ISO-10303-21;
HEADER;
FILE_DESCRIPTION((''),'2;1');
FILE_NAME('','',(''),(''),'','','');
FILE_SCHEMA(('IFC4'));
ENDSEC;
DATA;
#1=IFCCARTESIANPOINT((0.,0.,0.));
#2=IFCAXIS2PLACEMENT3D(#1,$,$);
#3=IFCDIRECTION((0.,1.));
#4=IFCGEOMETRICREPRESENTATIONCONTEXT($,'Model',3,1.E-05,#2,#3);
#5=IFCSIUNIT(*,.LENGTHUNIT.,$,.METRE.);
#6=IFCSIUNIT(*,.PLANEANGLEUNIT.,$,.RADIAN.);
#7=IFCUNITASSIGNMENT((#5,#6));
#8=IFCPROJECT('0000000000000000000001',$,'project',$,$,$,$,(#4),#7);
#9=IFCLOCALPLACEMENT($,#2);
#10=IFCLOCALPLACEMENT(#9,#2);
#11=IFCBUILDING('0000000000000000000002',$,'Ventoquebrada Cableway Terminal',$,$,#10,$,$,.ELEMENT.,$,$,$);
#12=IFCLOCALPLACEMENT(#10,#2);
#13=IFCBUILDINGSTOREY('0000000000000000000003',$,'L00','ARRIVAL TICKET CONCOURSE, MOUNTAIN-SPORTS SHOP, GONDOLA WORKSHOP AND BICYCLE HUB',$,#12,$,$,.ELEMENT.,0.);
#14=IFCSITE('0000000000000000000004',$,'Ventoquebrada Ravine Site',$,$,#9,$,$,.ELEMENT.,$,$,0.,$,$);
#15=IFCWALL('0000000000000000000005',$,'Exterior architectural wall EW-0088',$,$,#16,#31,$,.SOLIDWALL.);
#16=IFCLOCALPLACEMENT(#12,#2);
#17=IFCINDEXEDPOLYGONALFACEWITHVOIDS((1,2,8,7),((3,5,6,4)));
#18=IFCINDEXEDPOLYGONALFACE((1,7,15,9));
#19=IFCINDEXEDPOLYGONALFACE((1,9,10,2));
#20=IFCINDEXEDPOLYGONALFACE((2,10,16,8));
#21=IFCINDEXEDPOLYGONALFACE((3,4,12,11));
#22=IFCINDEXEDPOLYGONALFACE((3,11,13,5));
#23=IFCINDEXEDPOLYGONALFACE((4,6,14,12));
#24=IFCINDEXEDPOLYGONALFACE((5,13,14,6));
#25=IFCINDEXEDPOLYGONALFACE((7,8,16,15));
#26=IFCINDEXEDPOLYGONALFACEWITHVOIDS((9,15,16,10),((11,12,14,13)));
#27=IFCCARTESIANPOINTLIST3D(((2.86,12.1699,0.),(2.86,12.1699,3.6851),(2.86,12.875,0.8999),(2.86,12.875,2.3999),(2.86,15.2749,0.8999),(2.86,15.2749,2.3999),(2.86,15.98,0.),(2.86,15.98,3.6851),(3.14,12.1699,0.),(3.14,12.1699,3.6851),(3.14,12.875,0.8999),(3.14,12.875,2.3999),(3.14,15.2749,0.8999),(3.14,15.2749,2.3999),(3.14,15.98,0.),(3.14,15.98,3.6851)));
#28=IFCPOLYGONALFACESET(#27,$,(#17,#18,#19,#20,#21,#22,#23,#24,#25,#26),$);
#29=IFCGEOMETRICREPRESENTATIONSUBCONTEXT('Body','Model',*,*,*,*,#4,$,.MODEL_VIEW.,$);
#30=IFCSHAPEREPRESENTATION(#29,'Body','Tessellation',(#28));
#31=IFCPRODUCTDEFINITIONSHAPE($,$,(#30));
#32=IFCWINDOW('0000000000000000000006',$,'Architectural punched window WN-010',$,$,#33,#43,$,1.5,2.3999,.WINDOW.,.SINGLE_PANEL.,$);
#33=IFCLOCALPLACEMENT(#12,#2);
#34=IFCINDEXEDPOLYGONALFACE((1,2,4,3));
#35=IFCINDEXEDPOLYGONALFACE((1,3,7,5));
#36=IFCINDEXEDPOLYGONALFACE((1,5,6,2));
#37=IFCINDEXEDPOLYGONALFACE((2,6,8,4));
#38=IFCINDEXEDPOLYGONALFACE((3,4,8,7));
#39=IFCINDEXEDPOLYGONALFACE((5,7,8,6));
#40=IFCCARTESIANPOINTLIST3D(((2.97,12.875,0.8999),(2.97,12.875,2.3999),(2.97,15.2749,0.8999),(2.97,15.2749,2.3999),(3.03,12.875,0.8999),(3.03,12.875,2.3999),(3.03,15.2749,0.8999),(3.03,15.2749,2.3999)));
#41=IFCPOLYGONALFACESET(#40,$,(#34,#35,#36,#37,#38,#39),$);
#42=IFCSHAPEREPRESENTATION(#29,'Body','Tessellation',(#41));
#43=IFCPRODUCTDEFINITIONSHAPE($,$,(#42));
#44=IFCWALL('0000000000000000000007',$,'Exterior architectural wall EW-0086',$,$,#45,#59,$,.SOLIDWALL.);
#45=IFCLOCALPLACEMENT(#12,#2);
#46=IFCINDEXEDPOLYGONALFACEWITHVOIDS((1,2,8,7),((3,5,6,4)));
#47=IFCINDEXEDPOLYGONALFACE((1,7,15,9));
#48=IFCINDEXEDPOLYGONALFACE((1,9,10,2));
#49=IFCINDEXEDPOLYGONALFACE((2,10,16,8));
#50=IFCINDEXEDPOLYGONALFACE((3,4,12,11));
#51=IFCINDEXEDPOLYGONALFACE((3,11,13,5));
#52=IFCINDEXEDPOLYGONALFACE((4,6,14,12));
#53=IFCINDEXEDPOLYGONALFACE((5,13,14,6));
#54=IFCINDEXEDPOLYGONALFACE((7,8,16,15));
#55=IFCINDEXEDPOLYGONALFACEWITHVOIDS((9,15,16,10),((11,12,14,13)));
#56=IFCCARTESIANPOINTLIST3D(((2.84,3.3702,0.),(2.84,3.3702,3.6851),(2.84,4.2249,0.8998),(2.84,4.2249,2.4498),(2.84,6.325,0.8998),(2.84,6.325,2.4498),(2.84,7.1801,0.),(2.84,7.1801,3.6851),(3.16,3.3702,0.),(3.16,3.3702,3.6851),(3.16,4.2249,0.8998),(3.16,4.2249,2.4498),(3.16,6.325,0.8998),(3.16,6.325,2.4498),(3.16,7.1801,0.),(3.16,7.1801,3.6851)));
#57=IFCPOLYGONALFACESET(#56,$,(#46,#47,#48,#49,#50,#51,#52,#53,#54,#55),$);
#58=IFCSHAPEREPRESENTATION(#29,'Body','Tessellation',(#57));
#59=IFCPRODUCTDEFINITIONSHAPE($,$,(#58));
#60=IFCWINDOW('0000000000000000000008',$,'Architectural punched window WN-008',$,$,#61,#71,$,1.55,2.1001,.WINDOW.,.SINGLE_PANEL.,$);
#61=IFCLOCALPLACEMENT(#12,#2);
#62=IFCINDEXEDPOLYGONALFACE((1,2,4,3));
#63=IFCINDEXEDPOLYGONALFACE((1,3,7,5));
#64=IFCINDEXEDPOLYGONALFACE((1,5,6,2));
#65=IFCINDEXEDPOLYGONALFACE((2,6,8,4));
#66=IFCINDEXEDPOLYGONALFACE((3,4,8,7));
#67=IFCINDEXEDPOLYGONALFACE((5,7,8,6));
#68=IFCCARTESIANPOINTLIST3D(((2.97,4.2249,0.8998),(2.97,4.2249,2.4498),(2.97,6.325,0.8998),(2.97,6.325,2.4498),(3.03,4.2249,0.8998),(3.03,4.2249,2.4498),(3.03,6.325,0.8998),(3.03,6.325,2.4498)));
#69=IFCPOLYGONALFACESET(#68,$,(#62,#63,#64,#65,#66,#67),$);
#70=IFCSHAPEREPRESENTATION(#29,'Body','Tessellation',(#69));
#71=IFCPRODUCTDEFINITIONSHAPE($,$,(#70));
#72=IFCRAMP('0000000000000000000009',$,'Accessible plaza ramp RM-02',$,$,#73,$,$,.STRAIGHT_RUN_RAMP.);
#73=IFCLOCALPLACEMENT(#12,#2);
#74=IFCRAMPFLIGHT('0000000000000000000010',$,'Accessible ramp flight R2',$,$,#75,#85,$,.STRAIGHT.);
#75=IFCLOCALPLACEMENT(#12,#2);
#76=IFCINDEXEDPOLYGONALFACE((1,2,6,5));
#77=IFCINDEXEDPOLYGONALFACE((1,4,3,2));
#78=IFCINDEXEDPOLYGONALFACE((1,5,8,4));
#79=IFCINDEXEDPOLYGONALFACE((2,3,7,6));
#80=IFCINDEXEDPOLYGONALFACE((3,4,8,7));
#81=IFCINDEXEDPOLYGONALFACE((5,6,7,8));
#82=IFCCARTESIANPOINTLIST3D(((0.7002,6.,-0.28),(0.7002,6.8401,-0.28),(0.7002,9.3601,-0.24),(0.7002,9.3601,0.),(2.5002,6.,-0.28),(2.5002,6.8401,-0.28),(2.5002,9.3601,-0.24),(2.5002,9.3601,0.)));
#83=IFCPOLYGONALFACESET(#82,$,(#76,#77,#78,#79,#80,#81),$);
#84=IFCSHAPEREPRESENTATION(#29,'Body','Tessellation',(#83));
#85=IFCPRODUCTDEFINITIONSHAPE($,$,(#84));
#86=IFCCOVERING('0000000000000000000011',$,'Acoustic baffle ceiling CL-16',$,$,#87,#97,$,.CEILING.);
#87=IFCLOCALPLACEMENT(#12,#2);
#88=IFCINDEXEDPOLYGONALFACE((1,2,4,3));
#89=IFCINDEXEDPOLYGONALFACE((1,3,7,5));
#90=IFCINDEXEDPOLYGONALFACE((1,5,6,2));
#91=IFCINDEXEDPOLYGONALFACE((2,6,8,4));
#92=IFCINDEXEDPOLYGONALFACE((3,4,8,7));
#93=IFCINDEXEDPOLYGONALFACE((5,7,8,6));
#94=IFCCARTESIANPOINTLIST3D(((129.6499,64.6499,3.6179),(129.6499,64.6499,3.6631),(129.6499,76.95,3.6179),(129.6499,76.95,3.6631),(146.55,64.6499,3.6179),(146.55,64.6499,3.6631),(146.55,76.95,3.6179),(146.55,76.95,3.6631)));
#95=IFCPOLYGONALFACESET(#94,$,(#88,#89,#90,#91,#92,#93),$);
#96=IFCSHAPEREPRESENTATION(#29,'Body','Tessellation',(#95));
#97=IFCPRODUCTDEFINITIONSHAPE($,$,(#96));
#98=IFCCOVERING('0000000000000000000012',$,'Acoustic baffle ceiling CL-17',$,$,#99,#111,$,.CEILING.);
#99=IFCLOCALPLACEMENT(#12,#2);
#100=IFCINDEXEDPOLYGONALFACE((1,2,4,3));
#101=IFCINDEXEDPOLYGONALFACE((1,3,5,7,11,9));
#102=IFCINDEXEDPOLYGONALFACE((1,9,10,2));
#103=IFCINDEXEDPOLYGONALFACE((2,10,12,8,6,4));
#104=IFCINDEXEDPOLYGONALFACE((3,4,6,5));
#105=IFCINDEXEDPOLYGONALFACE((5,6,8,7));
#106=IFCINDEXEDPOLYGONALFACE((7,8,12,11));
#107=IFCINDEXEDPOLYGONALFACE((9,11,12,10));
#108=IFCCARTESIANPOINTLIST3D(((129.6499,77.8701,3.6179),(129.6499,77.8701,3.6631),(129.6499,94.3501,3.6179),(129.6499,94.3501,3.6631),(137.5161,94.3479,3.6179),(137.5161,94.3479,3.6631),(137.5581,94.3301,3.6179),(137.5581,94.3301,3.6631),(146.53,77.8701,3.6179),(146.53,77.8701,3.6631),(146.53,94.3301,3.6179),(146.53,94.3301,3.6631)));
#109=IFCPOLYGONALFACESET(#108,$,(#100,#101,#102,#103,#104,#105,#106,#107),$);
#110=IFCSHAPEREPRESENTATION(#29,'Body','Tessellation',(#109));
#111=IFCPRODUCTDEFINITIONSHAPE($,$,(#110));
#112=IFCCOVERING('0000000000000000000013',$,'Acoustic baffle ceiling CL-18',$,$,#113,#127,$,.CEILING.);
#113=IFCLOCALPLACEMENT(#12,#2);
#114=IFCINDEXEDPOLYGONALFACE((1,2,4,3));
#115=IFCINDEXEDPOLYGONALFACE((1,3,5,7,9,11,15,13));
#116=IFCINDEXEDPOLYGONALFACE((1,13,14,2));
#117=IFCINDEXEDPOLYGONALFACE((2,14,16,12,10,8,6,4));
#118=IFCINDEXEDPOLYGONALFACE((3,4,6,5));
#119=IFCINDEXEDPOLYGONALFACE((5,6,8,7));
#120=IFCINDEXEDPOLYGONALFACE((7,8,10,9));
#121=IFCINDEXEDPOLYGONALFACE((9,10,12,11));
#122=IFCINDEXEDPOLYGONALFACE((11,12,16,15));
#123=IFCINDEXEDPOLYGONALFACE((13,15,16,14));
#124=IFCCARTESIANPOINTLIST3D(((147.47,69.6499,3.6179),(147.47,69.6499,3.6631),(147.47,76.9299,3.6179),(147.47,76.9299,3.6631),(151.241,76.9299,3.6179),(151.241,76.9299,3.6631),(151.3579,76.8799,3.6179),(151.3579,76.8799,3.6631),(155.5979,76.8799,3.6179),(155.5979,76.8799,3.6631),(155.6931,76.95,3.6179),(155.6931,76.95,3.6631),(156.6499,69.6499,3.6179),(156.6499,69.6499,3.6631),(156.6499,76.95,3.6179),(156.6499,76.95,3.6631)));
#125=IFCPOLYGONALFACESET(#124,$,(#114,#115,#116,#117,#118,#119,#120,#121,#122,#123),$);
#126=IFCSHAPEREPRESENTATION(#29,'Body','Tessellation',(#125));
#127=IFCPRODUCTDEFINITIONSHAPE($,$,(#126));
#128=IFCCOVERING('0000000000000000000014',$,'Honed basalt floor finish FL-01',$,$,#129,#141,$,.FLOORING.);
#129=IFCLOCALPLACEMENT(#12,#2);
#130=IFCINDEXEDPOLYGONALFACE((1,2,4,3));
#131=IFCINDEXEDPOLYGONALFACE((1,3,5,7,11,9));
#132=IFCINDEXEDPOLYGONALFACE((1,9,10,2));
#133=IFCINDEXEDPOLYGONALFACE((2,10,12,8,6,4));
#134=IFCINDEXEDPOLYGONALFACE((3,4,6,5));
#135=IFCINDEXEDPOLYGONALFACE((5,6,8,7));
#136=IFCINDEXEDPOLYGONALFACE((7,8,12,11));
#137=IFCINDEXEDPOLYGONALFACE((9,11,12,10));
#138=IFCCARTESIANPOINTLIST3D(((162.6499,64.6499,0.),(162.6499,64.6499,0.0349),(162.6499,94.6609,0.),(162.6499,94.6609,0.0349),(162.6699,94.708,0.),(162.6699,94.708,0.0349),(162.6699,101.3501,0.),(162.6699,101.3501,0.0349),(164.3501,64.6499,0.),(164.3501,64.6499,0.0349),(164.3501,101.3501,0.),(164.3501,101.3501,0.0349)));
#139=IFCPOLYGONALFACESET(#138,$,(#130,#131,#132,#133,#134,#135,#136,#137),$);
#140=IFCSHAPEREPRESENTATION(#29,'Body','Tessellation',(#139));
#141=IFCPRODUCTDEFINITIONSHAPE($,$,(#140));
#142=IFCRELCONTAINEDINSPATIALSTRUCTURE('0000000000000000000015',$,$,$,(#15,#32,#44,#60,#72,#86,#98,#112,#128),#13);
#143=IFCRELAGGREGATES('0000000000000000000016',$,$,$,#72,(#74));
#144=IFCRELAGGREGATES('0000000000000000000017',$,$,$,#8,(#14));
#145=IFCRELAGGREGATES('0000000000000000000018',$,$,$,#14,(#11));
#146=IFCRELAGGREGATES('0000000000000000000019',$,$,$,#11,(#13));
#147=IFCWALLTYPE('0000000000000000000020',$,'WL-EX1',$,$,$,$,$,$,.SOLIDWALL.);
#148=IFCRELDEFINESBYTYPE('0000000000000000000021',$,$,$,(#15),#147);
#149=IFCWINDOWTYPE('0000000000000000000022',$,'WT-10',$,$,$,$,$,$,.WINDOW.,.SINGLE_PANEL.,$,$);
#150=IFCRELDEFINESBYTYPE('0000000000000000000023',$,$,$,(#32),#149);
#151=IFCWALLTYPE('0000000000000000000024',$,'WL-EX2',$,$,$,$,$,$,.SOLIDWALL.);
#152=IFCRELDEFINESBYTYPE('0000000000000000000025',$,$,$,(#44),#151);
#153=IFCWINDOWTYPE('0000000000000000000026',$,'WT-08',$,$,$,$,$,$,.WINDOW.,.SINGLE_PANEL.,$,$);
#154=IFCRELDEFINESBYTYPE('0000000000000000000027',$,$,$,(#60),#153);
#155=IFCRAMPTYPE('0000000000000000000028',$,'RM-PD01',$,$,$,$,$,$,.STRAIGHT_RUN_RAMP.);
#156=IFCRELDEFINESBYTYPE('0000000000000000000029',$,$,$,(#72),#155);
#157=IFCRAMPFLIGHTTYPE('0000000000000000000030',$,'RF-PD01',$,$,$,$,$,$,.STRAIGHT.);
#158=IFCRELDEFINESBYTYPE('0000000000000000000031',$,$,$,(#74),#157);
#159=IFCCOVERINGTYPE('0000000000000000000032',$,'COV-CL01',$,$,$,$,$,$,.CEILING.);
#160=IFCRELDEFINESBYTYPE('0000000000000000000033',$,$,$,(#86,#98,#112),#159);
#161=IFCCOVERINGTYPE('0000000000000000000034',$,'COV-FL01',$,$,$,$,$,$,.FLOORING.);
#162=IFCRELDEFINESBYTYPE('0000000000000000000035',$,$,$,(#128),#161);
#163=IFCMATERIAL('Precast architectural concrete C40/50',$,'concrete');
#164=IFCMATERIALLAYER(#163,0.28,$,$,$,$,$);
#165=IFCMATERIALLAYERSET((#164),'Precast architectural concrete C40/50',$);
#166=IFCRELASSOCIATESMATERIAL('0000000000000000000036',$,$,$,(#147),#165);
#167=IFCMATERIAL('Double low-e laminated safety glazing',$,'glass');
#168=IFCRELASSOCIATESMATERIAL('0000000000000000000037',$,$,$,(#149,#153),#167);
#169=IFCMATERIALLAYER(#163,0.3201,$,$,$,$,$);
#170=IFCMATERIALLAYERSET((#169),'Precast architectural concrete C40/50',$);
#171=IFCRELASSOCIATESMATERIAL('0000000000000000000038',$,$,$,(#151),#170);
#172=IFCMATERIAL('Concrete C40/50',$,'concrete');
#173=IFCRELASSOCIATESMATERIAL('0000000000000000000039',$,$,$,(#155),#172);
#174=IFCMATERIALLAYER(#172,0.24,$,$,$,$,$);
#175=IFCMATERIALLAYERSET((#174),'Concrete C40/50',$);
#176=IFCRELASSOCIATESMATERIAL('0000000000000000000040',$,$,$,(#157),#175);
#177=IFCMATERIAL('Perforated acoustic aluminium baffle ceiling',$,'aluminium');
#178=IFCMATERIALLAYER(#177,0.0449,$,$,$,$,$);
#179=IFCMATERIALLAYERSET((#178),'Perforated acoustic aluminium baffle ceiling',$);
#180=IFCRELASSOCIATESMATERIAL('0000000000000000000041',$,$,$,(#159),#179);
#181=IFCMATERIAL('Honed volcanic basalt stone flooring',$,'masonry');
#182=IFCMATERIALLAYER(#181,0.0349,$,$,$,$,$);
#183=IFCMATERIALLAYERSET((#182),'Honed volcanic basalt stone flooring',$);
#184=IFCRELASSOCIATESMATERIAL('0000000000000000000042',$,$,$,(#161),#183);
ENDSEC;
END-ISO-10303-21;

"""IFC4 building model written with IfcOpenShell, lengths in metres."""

from ifc_helpers import new_model, si_unit, direction, frame, frame_2d, origin, place, context, subcontext, project, spatial, polyline, rectangle, outline, extrude, material, layer, layer_set, type_object, element, fill, aggregate, save


model = new_model("IFC4")

# Units and contexts
model_context = context("Model", 3, precision=1e-05, world=origin(), true_north=direction((0.0, 1.0)))
body_context = subcontext(model_context, "Body", "Model", "MODEL_VIEW")
ifc_project = project(units=[si_unit("LENGTHUNIT", "METRE"), si_unit("PLANEANGLEUNIT", "RADIAN")], contexts=[model_context])

# Site, building, storey
site_placement = place(None, origin())
site = spatial("IfcSite", under=ifc_project, at=site_placement, Name="Ventoquebrada Ravine Site", CompositionType="ELEMENT", RefElevation=0.0)
building_placement = place(site_placement, origin())
building = spatial("IfcBuilding", under=site, at=building_placement, Name="Ventoquebrada Cableway Terminal", CompositionType="ELEMENT")
storey_placement = place(building_placement, origin())
storey = spatial("IfcBuildingStorey", under=building, at=storey_placement, Name="L00", Description="ARRIVAL TICKET CONCOURSE, MOUNTAIN-SPORTS SHOP, GONDOLA WORKSHOP AND BICYCLE HUB", CompositionType="ELEMENT", Elevation=0.0)

# Shared definitions
ifc_material_1 = material(Name="Concrete C40/50", Category="concrete")

# Walls, openings, windows
ifc_material_2 = material(Name="Precast architectural concrete C40/50", Category="concrete")
ifc_layer_1 = layer(ifc_material_2, 0.28)
ifc_layer_set_1 = layer_set([ifc_layer_1], Name="Precast architectural concrete C40/50")
wall_type_1 = type_object("IfcWallType", Name="WL-EX1", PredefinedType="SOLIDWALL", material=ifc_layer_set_1)
ifc_material_3 = material(Name="Double low-e laminated safety glazing", Category="glass")
wall_1_placement = place(storey_placement, frame((3.0, 15.98, 0.0), z_axis=(0.0, 0.0, 1.0), x_axis=(0.0, -1.0, 0.0)))
wall_1 = element("IfcWall", 1, at=wall_1_placement, inside=storey, type_object=wall_type_1, Name="Exterior architectural wall EW-0088", PredefinedType="SOLIDWALL", context=body_context, shape_type="SweptSolid", body=[
    extrude(rectangle(XDim=3.8101, YDim=0.28, at=frame_2d((1.905, 0.0))), origin(), (0.0, 0.0, 1.0), 3.6851),
])
opening_1_placement = place(wall_1_placement, frame((0.7051, 0.0, 0.8999)))
opening_1 = element("IfcOpeningElement", 2, at=opening_1_placement, cuts=wall_1, PredefinedType="OPENING", context=body_context, shape_type="SweptSolid", body=[
    extrude(rectangle(XDim=2.3999, YDim=1.5, at=frame_2d((1.2, 0.75))), frame((0.0, 0.1499, 0.0), z_axis=(0.0, -1.0, 0.0), x_axis=(1.0, 0.0, 0.0)), (0.0, 0.0, 1.0), 0.3),
])
window_type_1 = type_object("IfcWindowType", Name="WT-10", PartitioningType="SINGLE_PANEL", PredefinedType="WINDOW", material=ifc_material_3)
window_1_placement = place(opening_1_placement, origin())
window_1 = element("IfcWindow", 3, at=window_1_placement, inside=storey, type_object=window_type_1, Name="Architectural punched window WN-010", OverallHeight=1.5, OverallWidth=2.3999, PartitioningType="SINGLE_PANEL", PredefinedType="WINDOW", context=body_context, shape_type="SweptSolid", body=[
    extrude(rectangle(XDim=2.3999, YDim=1.5, at=frame_2d((1.2, 0.75))), frame((0.0, 0.03, 0.0), z_axis=(0.0, -1.0, 0.0), x_axis=(1.0, 0.0, 0.0)), (0.0, 0.0, 1.0), 0.0601),
])
fill(opening_1, window_1)
ifc_layer_2 = layer(ifc_material_2, 0.3201)
ifc_layer_set_2 = layer_set([ifc_layer_2], Name="Precast architectural concrete C40/50")
wall_type_2 = type_object("IfcWallType", Name="WL-EX2", PredefinedType="SOLIDWALL", material=ifc_layer_set_2)
wall_2_placement = place(storey_placement, frame((3.0, 7.1799, 0.0), z_axis=(0.0, 0.0, 1.0), x_axis=(0.0, -1.0, 0.0)))
wall_2 = element("IfcWall", 4, at=wall_2_placement, inside=storey, type_object=wall_type_2, Name="Exterior architectural wall EW-0086", PredefinedType="SOLIDWALL", context=body_context, shape_type="SweptSolid", body=[
    extrude(rectangle(XDim=3.8098, YDim=0.3201, at=frame_2d((1.9048, 0.0))), origin(), (0.0, 0.0, 1.0), 3.6851),
])
opening_2_placement = place(wall_2_placement, frame((0.855, 0.0, 0.8999)))
opening_2 = element("IfcOpeningElement", 5, at=opening_2_placement, cuts=wall_2, PredefinedType="OPENING", context=body_context, shape_type="SweptSolid", body=[
    extrude(rectangle(XDim=2.1001, YDim=1.55, at=frame_2d((1.05, 0.7749))), frame((0.0, 0.1699, 0.0), z_axis=(0.0, -1.0, 0.0), x_axis=(1.0, 0.0, 0.0)), (0.0, 0.0, 1.0), 0.3401),
])
window_type_2 = type_object("IfcWindowType", Name="WT-08", PartitioningType="SINGLE_PANEL", PredefinedType="WINDOW", material=ifc_material_3)
window_2_placement = place(opening_2_placement, origin())
window_2 = element("IfcWindow", 6, at=window_2_placement, inside=storey, type_object=window_type_2, Name="Architectural punched window WN-008", OverallHeight=1.55, OverallWidth=2.1001, PartitioningType="SINGLE_PANEL", PredefinedType="WINDOW", context=body_context, shape_type="SweptSolid", body=[
    extrude(rectangle(XDim=2.1001, YDim=1.55, at=frame_2d((1.05, 0.7749))), frame((0.0, 0.03, 0.0), z_axis=(0.0, -1.0, 0.0), x_axis=(1.0, 0.0, 0.0)), (0.0, 0.0, 1.0), 0.0601),
])
fill(opening_2, window_2)

# Ramp, ramp flight
ramp_type = type_object("IfcRampType", Name="RM-PD01", PredefinedType="STRAIGHT_RUN_RAMP", material=ifc_material_1)
ramp_placement = place(storey_placement, origin())
ramp = element("IfcRamp", 7, at=ramp_placement, inside=storey, type_object=ramp_type, Name="Accessible plaza ramp RM-02", PredefinedType="STRAIGHT_RUN_RAMP")
ifc_layer_3 = layer(ifc_material_1, 0.24)
ifc_layer_set_3 = layer_set([ifc_layer_3], Name="Concrete C40/50")
ramp_flight_type = type_object("IfcRampFlightType", Name="RF-PD01", PredefinedType="STRAIGHT", material=ifc_layer_set_3)
ramp_flight_placement = place(storey_placement, frame((1.6001, 6.0, -0.28), z_axis=(0.0, 0.0, 1.0), x_axis=(0.0, 1.0, 0.0)))
ramp_flight = element("IfcRampFlight", 8, at=ramp_flight_placement, type_object=ramp_flight_type, Name="Accessible ramp flight R2", PredefinedType="STRAIGHT", context=body_context, shape_type="SweptSolid", body=[
    extrude(outline(polyline([(0.0, 0.0), (0.8401, 0.0), (3.3601, 0.04), (3.3601, 0.28), (0.0, 0.0)])), frame((0.0, 0.8999, 0.0), z_axis=(0.0, -1.0, 0.0), x_axis=(1.0, 0.0, 0.0)), (0.0, 0.0, 1.0), 1.8),
])
aggregate(ramp, [ramp_flight])

# Coverings
ifc_material_4 = material(Name="Perforated acoustic aluminium baffle ceiling", Category="aluminium")
ifc_layer_4 = layer(ifc_material_4, 0.0449)
ifc_layer_set_4 = layer_set([ifc_layer_4], Name="Perforated acoustic aluminium baffle ceiling")
covering_type_1 = type_object("IfcCoveringType", Name="COV-CL01", PredefinedType="CEILING", material=ifc_layer_set_4)
covering_1_placement = place(storey_placement, frame((0.0, 0.0, 3.6179)))
element("IfcCovering", 9, at=covering_1_placement, inside=storey, type_object=covering_type_1, Name="Acoustic baffle ceiling CL-16", PredefinedType="CEILING", context=body_context, shape_type="SweptSolid", body=[
    extrude(outline(polyline([(146.55, 64.6499), (146.55, 76.95), (129.6499, 76.95), (129.6499, 64.6499), (146.55, 64.6499)])), origin(), (0.0, 0.0, 1.0), 0.0452),
])
covering_2_placement = place(storey_placement, frame((0.0, 0.0, 3.6179)))
element("IfcCovering", 10, at=covering_2_placement, inside=storey, type_object=covering_type_1, Name="Acoustic baffle ceiling CL-17", PredefinedType="CEILING", context=body_context, shape_type="SweptSolid", body=[
    extrude(outline(polyline([(129.6499, 77.8701), (146.53, 77.8701), (146.53, 94.3301), (137.5581, 94.3301), (137.5161, 94.3479), (129.6499, 94.3501), (129.6499, 77.8701)])), origin(), (0.0, 0.0, 1.0), 0.0452),
])
covering_3_placement = place(storey_placement, frame((0.0, 0.0, 3.6179)))
element("IfcCovering", 11, at=covering_3_placement, inside=storey, type_object=covering_type_1, Name="Acoustic baffle ceiling CL-18", PredefinedType="CEILING", context=body_context, shape_type="SweptSolid", body=[
    extrude(outline(polyline([(147.47, 69.6499), (156.6499, 69.6499), (156.6499, 76.95), (155.6931, 76.95), (155.5979, 76.8799), (151.3579, 76.8799), (151.241, 76.9299), (147.47, 76.9299), (147.47, 69.6499)])), origin(), (0.0, 0.0, 1.0), 0.0452),
])
ifc_material_5 = material(Name="Honed volcanic basalt stone flooring", Category="masonry")
ifc_layer_5 = layer(ifc_material_5, 0.0349)
ifc_layer_set_5 = layer_set([ifc_layer_5], Name="Honed volcanic basalt stone flooring")
covering_type_2 = type_object("IfcCoveringType", Name="COV-FL01", PredefinedType="FLOORING", material=ifc_layer_set_5)
covering_4_placement = place(storey_placement, origin())
element("IfcCovering", 12, at=covering_4_placement, inside=storey, type_object=covering_type_2, Name="Honed basalt floor finish FL-01", PredefinedType="FLOORING", context=body_context, shape_type="SweptSolid", body=[
    extrude(outline(polyline([(164.3501, 64.6499), (164.3501, 101.3501), (162.6699, 101.3501), (162.6699, 94.708), (162.6499, 94.6609), (162.6499, 64.6499), (164.3501, 64.6499)])), origin(), (0.0, 0.0, 1.0), 0.0349),
])

save(model, "model.ifc")
